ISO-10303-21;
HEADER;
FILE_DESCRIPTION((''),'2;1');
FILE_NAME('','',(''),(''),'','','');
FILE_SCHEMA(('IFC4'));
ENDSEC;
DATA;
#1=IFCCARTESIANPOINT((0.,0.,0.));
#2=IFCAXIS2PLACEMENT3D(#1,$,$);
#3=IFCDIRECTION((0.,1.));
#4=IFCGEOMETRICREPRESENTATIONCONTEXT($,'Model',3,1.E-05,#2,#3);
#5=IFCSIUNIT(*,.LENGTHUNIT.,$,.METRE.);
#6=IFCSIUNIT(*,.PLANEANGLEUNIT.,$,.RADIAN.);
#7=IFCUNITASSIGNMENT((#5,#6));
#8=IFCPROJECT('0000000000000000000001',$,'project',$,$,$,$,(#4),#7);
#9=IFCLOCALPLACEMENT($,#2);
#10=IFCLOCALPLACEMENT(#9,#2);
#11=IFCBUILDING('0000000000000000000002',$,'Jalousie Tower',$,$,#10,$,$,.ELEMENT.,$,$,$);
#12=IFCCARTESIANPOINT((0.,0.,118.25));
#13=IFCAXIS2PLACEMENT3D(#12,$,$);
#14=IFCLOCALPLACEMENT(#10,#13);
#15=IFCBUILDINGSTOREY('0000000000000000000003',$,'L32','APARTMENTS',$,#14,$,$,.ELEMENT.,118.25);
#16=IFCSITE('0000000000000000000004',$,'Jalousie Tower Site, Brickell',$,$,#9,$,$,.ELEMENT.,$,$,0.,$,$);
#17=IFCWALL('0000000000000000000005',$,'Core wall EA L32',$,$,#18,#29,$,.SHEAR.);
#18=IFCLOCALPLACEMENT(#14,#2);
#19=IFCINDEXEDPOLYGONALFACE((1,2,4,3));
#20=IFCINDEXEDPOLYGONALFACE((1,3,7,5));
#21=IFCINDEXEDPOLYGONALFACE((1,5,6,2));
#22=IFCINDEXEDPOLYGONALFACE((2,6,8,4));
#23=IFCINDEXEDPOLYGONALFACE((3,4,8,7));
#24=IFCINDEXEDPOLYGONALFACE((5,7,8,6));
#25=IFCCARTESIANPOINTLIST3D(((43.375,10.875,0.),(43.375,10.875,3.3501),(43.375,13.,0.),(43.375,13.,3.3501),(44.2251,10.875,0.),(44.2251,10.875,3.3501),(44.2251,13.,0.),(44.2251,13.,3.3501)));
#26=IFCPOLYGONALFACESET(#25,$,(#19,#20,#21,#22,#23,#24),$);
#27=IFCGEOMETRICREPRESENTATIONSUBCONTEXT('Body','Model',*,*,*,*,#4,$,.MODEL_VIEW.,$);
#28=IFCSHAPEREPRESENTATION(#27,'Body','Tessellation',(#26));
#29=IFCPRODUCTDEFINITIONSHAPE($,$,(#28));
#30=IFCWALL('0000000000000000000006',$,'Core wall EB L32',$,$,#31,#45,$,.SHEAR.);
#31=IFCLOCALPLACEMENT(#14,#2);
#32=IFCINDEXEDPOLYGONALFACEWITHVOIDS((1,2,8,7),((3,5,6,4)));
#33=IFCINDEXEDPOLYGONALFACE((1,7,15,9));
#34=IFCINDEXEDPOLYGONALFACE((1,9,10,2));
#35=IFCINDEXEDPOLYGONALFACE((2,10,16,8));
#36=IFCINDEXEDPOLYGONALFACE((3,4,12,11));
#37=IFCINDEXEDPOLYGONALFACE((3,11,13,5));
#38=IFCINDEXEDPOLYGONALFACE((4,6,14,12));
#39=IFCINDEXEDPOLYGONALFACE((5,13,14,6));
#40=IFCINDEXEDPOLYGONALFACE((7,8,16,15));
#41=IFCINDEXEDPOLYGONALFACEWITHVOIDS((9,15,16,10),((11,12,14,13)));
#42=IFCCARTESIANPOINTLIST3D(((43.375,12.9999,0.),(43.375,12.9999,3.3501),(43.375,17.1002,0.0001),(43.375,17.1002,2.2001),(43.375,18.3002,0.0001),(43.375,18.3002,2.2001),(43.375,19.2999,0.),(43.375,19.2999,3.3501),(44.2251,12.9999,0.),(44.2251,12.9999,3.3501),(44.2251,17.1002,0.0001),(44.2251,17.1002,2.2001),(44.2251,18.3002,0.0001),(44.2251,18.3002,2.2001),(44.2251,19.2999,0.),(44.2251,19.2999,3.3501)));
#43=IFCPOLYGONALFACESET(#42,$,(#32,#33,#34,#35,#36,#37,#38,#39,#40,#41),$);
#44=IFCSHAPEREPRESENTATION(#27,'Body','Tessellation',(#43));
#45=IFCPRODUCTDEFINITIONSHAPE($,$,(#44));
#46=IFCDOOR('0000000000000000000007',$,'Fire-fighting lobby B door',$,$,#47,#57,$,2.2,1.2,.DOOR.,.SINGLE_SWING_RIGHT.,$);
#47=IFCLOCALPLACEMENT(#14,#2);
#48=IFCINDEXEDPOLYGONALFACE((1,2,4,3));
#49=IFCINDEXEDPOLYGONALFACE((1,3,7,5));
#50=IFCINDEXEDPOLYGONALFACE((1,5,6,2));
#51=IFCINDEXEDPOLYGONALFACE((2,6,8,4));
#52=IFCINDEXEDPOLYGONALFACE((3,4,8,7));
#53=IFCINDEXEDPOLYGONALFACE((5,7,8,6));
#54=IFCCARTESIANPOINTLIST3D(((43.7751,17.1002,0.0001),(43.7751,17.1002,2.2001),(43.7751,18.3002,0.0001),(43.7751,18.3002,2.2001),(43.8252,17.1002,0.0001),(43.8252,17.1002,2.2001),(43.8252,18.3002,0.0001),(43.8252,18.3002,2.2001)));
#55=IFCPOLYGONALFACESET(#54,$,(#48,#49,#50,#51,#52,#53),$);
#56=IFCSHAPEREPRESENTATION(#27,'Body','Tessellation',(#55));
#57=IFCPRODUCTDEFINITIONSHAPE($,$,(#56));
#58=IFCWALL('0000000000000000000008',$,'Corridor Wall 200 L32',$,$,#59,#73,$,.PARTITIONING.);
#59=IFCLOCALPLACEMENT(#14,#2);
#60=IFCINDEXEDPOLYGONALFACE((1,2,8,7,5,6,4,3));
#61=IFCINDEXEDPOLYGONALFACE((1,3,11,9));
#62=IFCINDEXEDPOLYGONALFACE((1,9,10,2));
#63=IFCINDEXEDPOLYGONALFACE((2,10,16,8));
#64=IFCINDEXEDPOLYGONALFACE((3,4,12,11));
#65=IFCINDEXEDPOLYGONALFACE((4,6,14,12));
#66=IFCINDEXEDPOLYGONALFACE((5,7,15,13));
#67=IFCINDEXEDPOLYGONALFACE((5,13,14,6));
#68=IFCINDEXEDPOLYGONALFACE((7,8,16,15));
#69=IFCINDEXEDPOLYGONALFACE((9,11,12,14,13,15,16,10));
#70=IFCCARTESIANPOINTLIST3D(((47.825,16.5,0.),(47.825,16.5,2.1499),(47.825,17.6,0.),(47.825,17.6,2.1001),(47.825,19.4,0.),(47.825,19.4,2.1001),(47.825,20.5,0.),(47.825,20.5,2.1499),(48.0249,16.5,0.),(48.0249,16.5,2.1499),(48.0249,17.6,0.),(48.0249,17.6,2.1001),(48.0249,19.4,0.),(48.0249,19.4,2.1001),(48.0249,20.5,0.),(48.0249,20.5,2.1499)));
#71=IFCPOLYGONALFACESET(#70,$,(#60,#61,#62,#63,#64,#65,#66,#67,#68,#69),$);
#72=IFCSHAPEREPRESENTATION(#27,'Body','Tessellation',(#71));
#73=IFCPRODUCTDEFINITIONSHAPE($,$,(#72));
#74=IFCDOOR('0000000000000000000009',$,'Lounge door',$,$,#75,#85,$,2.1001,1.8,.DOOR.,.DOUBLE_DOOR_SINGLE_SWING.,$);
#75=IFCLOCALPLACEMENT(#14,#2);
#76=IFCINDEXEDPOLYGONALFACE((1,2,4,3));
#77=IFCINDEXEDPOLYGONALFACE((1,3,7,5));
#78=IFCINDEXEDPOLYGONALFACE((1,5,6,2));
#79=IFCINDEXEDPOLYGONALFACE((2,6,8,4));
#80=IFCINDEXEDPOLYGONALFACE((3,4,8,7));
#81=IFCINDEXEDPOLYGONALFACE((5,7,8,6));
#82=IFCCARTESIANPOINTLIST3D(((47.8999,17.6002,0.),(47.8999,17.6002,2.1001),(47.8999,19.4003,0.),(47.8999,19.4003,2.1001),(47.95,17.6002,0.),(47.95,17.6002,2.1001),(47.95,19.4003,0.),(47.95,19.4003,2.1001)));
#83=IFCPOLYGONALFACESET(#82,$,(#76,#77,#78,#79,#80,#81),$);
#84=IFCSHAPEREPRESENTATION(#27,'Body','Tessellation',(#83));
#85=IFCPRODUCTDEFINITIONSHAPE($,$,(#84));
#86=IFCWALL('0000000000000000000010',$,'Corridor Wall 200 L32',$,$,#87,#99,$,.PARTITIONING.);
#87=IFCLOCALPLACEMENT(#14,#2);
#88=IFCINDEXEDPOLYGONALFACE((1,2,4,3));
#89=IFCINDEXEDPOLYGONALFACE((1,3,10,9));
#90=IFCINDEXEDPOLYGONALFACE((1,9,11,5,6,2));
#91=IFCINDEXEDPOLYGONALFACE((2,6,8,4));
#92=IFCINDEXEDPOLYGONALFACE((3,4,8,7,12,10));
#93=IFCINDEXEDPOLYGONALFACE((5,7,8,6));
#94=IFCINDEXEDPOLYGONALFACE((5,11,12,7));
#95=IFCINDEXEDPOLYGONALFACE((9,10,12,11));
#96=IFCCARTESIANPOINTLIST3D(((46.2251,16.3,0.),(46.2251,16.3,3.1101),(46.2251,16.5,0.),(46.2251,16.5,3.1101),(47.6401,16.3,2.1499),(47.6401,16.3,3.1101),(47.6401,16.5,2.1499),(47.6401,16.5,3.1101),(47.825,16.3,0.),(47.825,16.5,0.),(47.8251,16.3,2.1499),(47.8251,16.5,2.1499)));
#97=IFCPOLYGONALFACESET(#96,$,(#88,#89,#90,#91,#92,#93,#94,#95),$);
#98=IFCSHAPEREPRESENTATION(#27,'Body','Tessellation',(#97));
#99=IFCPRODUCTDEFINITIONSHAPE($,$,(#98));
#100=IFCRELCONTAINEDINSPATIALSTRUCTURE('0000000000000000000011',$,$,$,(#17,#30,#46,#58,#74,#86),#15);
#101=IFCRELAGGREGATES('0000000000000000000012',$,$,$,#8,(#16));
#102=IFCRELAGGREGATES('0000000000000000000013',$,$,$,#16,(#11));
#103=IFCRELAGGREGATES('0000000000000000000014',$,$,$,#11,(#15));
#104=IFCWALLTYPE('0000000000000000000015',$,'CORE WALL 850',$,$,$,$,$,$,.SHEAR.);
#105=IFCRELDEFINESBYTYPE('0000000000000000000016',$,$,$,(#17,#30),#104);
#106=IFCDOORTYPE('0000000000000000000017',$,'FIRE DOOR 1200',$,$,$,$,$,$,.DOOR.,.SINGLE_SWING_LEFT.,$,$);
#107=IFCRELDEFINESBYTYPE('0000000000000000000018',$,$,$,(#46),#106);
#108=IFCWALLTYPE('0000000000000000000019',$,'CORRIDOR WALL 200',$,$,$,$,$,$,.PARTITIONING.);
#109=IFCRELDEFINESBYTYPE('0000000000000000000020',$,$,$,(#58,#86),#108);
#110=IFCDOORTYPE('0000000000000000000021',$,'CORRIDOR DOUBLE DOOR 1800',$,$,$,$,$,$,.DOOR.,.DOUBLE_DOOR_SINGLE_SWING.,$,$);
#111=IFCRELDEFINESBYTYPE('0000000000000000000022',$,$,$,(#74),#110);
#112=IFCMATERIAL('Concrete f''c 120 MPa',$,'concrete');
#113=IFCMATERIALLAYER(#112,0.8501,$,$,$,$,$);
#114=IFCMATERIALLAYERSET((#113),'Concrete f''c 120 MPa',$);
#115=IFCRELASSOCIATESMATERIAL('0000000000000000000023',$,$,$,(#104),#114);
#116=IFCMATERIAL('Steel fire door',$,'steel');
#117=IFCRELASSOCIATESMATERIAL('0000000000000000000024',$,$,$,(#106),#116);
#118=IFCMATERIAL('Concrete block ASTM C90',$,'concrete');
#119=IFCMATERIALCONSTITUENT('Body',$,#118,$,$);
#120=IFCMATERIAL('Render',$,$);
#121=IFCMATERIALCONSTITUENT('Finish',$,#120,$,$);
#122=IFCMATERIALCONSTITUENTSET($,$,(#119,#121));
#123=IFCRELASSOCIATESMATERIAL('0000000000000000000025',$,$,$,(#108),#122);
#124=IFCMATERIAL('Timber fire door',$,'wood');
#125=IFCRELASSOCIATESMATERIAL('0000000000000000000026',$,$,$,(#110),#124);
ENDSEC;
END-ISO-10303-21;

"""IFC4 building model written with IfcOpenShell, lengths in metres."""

from ifc_helpers import new_model, si_unit, direction, frame, frame_2d, origin, place, context, subcontext, project, spatial, polyline, rectangle, outline, extrude, material, layer, layer_set, constituent, constituent_set, type_object, element, fill, save


model = new_model("IFC4")

# Units and contexts
model_context = context("Model", 3, precision=1e-05, world=origin(), true_north=direction((0.0, 1.0)))
body_context = subcontext(model_context, "Body", "Model", "MODEL_VIEW")
ifc_project = project(units=[si_unit("LENGTHUNIT", "METRE"), si_unit("PLANEANGLEUNIT", "RADIAN")], contexts=[model_context])

# Site, building, storey
site_placement = place(None, origin())
site = spatial("IfcSite", under=ifc_project, at=site_placement, Name="Jalousie Tower Site, Brickell", CompositionType="ELEMENT", RefElevation=0.0)
building_placement = place(site_placement, origin())
building = spatial("IfcBuilding", under=site, at=building_placement, Name="Jalousie Tower", CompositionType="ELEMENT")
storey_placement = place(building_placement, frame((0.0, 0.0, 118.25)))
storey = spatial("IfcBuildingStorey", under=building, at=storey_placement, Name="L32", Description="APARTMENTS", CompositionType="ELEMENT", Elevation=118.25)

# Wall
ifc_material_1 = material(Name="Concrete f'c 120 MPa", Category="concrete")
ifc_layer_1 = layer(ifc_material_1, 0.8501)
ifc_layer_set_1 = layer_set([ifc_layer_1], Name="Concrete f'c 120 MPa")
wall_type_1 = type_object("IfcWallType", Name="CORE WALL 850", PredefinedType="SHEAR", material=ifc_layer_set_1)
wall_1_placement = place(storey_placement, frame((43.8, 10.875, 0.0), z_axis=(0.0, 0.0, 1.0), x_axis=(0.0, 1.0, 0.0)))
element("IfcWall", 1, at=wall_1_placement, inside=storey, type_object=wall_type_1, Name="Core wall EA L32", PredefinedType="SHEAR", context=body_context, shape_type="SweptSolid", body=[
    extrude(rectangle(XDim=2.125, YDim=0.8501, at=frame_2d((1.0625, 0.0))), origin(), (0.0, 0.0, 1.0), 3.3501),
])

# Walls, openings, doors
wall_2_placement = place(storey_placement, frame((43.8, 13.0, 0.0), z_axis=(0.0, 0.0, 1.0), x_axis=(0.0, 1.0, 0.0)))
wall_2 = element("IfcWall", 2, at=wall_2_placement, inside=storey, type_object=wall_type_1, Name="Core wall EB L32", PredefinedType="SHEAR", context=body_context, shape_type="SweptSolid", body=[
    extrude(rectangle(XDim=6.3, YDim=0.8501, at=frame_2d((3.1499, 0.0))), origin(), (0.0, 0.0, 1.0), 3.3501),
])
opening_1_placement = place(wall_2_placement, frame((4.1001, 0.0, 0.0)))
opening_1 = element("IfcOpeningElement", 3, at=opening_1_placement, cuts=wall_2, PredefinedType="OPENING", context=body_context, shape_type="SweptSolid", body=[
    extrude(rectangle(XDim=1.2, YDim=2.2, at=frame_2d((0.6001, 1.1001))), frame((0.0, 0.4351, 0.0), z_axis=(0.0, -1.0, 0.0), x_axis=(1.0, 0.0, 0.0)), (0.0, 0.0, 1.0), 0.8701),
])
ifc_material_2 = material(Name="Steel fire door", Category="steel")
door_type_1 = type_object("IfcDoorType", Name="FIRE DOOR 1200", OperationType="SINGLE_SWING_LEFT", PredefinedType="DOOR", material=ifc_material_2)
door_1_placement = place(opening_1_placement, origin())
door_1 = element("IfcDoor", 4, at=door_1_placement, inside=storey, type_object=door_type_1, Name="Fire-fighting lobby B door", OperationType="SINGLE_SWING_RIGHT", OverallHeight=2.2, OverallWidth=1.2, PredefinedType="DOOR", context=body_context, shape_type="SweptSolid", body=[
    extrude(rectangle(XDim=1.2, YDim=2.2, at=frame_2d((0.6001, 1.1001))), frame((0.0, 0.0249, 0.0), z_axis=(0.0, -1.0, 0.0), x_axis=(1.0, 0.0, 0.0)), (0.0, 0.0, 1.0), 0.05),
])
fill(opening_1, door_1)
ifc_material_3 = material(Name="Concrete block ASTM C90", Category="concrete")
ifc_constituent_1 = constituent(ifc_material_3, Name="Body")
ifc_material_4 = material(Name="Render")
ifc_constituent_2 = constituent(ifc_material_4, Name="Finish")
ifc_constituent_set = constituent_set(constituents=[ifc_constituent_1, ifc_constituent_2])
wall_type_2 = type_object("IfcWallType", Name="CORRIDOR WALL 200", PredefinedType="PARTITIONING", material=ifc_constituent_set)
wall_3_placement = place(storey_placement, frame((47.925, 16.5, 0.0), z_axis=(0.0, 0.0, 1.0), x_axis=(0.0, 1.0, 0.0)))
wall_3 = element("IfcWall", 5, at=wall_3_placement, inside=storey, type_object=wall_type_2, Name="Corridor Wall 200 L32", PredefinedType="PARTITIONING", context=body_context, shape_type="SweptSolid", body=[
    extrude(outline(polyline([(0.0, 0.0), (4.0, 0.0), (4.0, 3.1101), (4.0, 2.1499), (0.0, 2.1499), (0.0, 3.1101), (0.0, 0.0)])), frame((0.0, 0.1001, 0.0), z_axis=(0.0, -1.0, 0.0), x_axis=(1.0, 0.0, 0.0)), (0.0, 0.0, 1.0), 0.2),
])
opening_2_placement = place(wall_3_placement, frame((1.1001, 0.0, 0.0)))
opening_2 = element("IfcOpeningElement", 6, at=opening_2_placement, cuts=wall_3, PredefinedType="OPENING", context=body_context, shape_type="SweptSolid", body=[
    extrude(rectangle(XDim=1.8, YDim=2.1001, at=frame_2d((0.8999, 1.05))), frame((0.0, 0.1099, 0.0), z_axis=(0.0, -1.0, 0.0), x_axis=(1.0, 0.0, 0.0)), (0.0, 0.0, 1.0), 0.22),
])
ifc_material_5 = material(Name="Timber fire door", Category="wood")
door_type_2 = type_object("IfcDoorType", Name="CORRIDOR DOUBLE DOOR 1800", OperationType="DOUBLE_DOOR_SINGLE_SWING", PredefinedType="DOOR", material=ifc_material_5)
door_2_placement = place(opening_2_placement, frame((1.8, 0.0, 0.0), z_axis=(0.0, 0.0, 1.0), x_axis=(-1.0, 0.0, 0.0)))
door_2 = element("IfcDoor", 7, at=door_2_placement, inside=storey, type_object=door_type_2, Name="Lounge door", OperationType="DOUBLE_DOOR_SINGLE_SWING", OverallHeight=2.1001, OverallWidth=1.8, PredefinedType="DOOR", context=body_context, shape_type="SweptSolid", body=[
    extrude(rectangle(XDim=1.8, YDim=2.1001, at=frame_2d((0.8999, 1.05))), frame((0.0, 0.0249, 0.0), z_axis=(0.0, -1.0, 0.0), x_axis=(1.0, 0.0, 0.0)), (0.0, 0.0, 1.0), 0.05),
])
fill(opening_2, door_2)

# Wall
wall_4_placement = place(storey_placement, frame((46.2251, 16.3999, 0.0), z_axis=(0.0, 0.0, 1.0), x_axis=(1.0, 0.0, 0.0)))
element("IfcWall", 8, at=wall_4_placement, inside=storey, type_object=wall_type_2, Name="Corridor Wall 200 L32", PredefinedType="PARTITIONING", context=body_context, shape_type="SweptSolid", body=[
    extrude(outline(polyline([(0.0, 0.0), (1.5999, 0.0), (1.6001, 3.1101), (1.6001, 2.1499), (1.415, 2.1499), (1.415, 3.1101), (0.0, 3.1101), (0.0, 0.0)])), frame((0.0, 0.1001, 0.0), z_axis=(0.0, -1.0, 0.0), x_axis=(1.0, 0.0, 0.0)), (0.0, 0.0, 1.0), 0.2),
])

save(model, "model.ifc")
